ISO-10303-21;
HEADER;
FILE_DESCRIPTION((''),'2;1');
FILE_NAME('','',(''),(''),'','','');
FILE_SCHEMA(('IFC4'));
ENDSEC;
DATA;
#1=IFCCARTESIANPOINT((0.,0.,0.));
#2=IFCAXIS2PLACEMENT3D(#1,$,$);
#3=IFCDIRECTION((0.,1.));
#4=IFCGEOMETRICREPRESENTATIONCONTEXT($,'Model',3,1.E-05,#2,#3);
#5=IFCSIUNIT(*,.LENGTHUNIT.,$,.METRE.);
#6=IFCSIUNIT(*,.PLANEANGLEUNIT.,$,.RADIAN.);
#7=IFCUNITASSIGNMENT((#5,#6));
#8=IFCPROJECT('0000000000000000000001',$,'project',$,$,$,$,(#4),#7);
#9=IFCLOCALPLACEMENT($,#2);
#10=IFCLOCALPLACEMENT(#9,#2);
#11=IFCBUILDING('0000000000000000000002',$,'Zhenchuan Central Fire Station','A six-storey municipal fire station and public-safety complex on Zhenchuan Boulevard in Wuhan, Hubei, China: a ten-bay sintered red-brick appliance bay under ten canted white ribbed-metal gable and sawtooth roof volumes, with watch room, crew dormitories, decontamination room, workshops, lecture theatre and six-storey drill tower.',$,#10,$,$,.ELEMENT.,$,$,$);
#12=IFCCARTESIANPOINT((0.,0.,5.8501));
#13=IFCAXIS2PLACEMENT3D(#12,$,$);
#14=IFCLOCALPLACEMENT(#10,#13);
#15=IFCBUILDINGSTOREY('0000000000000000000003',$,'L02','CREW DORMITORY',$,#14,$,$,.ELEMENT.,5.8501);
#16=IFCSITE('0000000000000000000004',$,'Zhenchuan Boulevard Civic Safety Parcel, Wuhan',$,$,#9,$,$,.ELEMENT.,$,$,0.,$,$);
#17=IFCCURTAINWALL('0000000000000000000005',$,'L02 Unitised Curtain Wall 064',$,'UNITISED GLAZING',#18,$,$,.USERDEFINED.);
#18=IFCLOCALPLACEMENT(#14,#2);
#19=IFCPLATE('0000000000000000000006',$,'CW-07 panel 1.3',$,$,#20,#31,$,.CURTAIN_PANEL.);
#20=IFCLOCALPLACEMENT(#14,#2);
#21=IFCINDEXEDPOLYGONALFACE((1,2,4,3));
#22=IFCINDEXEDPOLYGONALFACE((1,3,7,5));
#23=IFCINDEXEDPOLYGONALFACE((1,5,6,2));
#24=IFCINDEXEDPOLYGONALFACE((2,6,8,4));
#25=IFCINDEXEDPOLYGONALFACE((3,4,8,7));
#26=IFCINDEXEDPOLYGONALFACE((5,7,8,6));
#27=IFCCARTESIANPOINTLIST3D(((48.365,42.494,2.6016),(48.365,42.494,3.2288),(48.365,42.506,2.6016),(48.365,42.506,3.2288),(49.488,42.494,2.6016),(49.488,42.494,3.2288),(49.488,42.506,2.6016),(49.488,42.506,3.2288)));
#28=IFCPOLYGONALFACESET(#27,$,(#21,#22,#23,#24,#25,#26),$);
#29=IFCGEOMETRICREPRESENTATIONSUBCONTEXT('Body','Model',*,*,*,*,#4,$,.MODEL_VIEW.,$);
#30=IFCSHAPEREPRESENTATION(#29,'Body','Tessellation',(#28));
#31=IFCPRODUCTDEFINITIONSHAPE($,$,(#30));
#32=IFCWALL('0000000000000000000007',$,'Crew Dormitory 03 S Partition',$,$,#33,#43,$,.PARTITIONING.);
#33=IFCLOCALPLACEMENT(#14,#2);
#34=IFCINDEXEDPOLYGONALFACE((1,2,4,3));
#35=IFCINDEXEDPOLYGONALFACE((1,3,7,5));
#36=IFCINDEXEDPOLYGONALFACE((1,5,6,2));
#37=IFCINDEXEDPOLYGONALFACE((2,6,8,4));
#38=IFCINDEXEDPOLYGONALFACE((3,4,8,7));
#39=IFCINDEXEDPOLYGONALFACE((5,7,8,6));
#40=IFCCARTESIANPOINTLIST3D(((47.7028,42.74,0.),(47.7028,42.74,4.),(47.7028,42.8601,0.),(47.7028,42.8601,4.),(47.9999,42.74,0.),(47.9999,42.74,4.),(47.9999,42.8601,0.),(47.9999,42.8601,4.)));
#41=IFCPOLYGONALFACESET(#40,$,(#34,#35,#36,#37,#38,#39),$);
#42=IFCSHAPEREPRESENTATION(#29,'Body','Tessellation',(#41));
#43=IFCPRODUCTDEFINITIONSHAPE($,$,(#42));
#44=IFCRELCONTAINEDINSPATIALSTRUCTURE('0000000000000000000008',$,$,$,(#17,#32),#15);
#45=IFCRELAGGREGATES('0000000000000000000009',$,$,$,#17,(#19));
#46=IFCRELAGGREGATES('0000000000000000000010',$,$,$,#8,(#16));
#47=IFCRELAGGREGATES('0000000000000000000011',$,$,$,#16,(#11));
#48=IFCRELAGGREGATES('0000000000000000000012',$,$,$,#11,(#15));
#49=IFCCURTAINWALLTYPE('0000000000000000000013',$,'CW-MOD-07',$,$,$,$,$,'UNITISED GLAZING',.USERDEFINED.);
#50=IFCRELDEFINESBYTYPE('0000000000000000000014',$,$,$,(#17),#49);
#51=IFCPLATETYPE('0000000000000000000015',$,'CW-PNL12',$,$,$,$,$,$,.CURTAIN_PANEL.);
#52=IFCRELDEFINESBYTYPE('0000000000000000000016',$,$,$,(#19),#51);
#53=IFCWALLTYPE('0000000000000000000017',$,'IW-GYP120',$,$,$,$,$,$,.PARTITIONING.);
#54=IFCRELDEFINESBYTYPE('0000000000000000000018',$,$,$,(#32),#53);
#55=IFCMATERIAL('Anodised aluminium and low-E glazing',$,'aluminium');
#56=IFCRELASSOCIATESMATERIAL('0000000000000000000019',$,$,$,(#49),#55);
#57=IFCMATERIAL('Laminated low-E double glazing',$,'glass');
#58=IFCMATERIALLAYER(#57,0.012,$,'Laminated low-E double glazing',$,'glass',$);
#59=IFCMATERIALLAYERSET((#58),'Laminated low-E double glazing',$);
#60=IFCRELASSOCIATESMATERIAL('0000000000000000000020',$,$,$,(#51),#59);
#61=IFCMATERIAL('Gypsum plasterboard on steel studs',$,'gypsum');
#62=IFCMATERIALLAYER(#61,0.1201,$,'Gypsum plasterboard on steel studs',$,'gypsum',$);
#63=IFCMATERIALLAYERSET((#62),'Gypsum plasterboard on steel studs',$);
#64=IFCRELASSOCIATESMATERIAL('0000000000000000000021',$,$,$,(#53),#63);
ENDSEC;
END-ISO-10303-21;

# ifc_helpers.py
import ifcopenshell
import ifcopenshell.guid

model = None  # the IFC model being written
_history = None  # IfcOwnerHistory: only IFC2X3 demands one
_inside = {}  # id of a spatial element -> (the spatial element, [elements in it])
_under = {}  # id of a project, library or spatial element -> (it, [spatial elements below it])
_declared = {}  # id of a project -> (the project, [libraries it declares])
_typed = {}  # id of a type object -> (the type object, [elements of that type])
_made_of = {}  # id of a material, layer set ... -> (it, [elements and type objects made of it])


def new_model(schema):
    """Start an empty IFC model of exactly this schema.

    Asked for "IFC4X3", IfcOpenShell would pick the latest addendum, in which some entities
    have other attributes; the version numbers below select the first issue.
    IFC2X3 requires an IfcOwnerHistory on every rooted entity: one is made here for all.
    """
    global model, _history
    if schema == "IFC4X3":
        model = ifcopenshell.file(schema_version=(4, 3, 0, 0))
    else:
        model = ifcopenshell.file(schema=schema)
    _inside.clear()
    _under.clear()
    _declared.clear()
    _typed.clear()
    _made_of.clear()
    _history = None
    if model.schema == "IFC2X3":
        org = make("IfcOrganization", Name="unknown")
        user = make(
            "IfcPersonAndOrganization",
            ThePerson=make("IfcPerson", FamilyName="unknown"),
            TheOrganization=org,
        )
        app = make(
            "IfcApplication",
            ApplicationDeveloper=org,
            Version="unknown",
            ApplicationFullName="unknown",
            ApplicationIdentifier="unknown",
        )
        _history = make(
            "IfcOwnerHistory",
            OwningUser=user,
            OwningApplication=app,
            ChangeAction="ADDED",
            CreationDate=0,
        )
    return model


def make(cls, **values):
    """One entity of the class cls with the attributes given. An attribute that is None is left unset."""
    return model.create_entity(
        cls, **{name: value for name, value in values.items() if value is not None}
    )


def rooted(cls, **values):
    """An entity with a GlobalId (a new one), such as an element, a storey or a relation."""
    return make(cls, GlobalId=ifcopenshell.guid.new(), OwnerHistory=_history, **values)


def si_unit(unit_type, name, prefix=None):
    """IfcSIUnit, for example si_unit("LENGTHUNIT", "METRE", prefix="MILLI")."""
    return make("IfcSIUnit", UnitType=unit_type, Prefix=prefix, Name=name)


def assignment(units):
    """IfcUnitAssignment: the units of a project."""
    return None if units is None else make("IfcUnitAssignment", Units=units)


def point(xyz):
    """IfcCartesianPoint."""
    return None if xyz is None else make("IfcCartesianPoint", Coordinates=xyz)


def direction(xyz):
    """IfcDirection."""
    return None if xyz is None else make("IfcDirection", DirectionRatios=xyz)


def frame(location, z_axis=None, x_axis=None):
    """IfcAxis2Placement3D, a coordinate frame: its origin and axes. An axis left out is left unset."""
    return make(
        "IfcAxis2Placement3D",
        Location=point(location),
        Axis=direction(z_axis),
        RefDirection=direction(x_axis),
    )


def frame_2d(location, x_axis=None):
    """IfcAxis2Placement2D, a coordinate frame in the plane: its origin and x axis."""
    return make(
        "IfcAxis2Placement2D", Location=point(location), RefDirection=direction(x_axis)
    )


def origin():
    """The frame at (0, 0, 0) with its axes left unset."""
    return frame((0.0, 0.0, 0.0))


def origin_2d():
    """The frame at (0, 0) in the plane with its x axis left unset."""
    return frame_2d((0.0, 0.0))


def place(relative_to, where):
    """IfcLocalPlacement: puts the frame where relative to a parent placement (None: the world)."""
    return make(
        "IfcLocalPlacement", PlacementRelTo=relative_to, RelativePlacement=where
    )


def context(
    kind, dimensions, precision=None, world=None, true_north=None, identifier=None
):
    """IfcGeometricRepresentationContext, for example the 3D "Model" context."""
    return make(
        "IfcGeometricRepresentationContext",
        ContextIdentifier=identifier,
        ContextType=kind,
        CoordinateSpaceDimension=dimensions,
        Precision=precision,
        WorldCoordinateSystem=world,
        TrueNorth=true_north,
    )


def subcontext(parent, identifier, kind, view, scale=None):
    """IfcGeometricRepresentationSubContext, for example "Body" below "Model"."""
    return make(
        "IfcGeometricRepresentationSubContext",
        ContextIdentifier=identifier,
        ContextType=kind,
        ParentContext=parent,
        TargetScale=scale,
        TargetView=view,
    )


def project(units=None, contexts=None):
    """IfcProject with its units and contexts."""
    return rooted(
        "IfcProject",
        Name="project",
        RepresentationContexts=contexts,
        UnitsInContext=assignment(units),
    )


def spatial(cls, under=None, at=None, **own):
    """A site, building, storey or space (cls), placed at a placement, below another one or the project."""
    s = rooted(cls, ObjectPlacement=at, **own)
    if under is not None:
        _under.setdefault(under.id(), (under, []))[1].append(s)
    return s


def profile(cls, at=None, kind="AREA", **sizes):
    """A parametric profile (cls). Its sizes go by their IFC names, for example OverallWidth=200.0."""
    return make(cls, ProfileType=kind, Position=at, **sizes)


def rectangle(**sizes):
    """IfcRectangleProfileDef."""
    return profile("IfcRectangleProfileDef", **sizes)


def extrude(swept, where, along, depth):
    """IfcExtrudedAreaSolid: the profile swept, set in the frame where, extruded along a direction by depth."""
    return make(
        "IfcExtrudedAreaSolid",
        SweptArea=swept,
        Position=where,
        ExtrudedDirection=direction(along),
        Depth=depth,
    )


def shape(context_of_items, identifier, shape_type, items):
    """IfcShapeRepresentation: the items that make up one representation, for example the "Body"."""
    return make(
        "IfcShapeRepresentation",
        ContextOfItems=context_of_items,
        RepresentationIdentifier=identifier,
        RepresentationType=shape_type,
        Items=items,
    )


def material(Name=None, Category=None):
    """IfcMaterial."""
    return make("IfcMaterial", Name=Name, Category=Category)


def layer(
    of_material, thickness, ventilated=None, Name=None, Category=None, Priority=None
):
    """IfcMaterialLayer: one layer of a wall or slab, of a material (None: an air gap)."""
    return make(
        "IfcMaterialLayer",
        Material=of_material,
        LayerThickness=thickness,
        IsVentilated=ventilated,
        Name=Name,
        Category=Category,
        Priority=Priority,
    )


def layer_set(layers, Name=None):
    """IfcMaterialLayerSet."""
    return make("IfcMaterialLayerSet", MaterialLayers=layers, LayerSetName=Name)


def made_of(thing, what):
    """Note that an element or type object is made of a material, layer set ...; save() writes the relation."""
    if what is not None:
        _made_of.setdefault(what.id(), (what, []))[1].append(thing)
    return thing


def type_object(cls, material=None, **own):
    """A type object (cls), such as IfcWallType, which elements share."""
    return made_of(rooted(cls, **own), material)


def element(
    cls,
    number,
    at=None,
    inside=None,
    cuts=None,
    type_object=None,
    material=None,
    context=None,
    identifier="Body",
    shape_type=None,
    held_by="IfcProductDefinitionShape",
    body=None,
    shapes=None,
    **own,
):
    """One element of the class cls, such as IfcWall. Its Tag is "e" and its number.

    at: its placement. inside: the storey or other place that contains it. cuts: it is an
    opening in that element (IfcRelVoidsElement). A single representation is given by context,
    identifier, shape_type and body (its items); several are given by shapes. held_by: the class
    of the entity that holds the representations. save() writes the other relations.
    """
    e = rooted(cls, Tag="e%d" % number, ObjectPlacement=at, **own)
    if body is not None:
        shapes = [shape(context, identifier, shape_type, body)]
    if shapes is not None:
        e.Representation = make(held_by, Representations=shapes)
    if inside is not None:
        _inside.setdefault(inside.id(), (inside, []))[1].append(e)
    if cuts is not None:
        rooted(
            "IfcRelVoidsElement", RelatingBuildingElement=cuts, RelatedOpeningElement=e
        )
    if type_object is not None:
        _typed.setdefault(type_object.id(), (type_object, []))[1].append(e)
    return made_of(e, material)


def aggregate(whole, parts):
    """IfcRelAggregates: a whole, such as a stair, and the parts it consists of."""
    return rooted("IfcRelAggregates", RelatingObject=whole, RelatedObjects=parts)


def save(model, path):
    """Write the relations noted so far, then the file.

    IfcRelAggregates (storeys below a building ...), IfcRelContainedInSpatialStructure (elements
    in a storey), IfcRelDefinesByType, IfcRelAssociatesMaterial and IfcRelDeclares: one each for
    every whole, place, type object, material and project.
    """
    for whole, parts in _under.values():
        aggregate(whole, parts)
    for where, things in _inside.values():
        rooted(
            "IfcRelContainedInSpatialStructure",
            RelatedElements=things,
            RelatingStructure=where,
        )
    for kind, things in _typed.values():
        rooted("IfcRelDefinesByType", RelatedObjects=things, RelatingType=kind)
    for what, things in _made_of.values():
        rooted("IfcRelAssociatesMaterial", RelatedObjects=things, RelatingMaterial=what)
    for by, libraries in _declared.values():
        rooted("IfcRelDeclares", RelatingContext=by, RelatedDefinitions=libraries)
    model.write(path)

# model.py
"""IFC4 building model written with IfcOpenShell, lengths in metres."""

from ifc_helpers import new_model, si_unit, direction, frame, frame_2d, origin, origin_2d, place, context, subcontext, project, spatial, rectangle, extrude, material, layer, layer_set, type_object, element, aggregate, save


model = new_model("IFC4")

# Units and contexts
model_context = context("Model", 3, precision=1e-05, world=origin(), true_north=direction((0.0, 1.0)))
body_context = subcontext(model_context, "Body", "Model", "MODEL_VIEW")
ifc_project = project(units=[si_unit("LENGTHUNIT", "METRE"), si_unit("PLANEANGLEUNIT", "RADIAN")], contexts=[model_context])

# Site, building, storey
site_placement = place(None, origin())
site = spatial("IfcSite", under=ifc_project, at=site_placement, Name="Zhenchuan Boulevard Civic Safety Parcel, Wuhan", CompositionType="ELEMENT", RefElevation=0.0)
building_placement = place(site_placement, origin())
building = spatial("IfcBuilding", under=site, at=building_placement, Name="Zhenchuan Central Fire Station", Description="A six-storey municipal fire station and public-safety complex on Zhenchuan Boulevard in Wuhan, Hubei, China: a ten-bay sintered red-brick appliance bay under ten canted white ribbed-metal gable and sawtooth roof volumes, with watch room, crew dormitories, decontamination room, workshops, lecture theatre and six-storey drill tower.", CompositionType="ELEMENT")
storey_placement = place(building_placement, frame((0.0, 0.0, 5.8501)))
storey = spatial("IfcBuildingStorey", under=building, at=storey_placement, Name="L02", Description="CREW DORMITORY", CompositionType="ELEMENT", Elevation=5.8501)

# Shared definitions
ifc_material_1 = material(Name="Anodised aluminium and low-E glazing", Category="aluminium")
curtain_wall_type = type_object("IfcCurtainWallType", Name="CW-MOD-07", ElementType="UNITISED GLAZING", PredefinedType="USERDEFINED", material=ifc_material_1)

# Curtain wall
curtain_wall_1_placement = place(storey_placement, origin())
curtain_wall_1 = element("IfcCurtainWall", 1, at=curtain_wall_1_placement, inside=storey, type_object=curtain_wall_type, Name="L02 Unitised Curtain Wall 064", ObjectType="UNITISED GLAZING", PredefinedType="USERDEFINED")

# Plate
ifc_material_2 = material(Name="Laminated low-E double glazing", Category="glass")
ifc_layer_1 = layer(ifc_material_2, 0.012, Name="Laminated low-E double glazing", Category="glass")
ifc_layer_set_1 = layer_set([ifc_layer_1], Name="Laminated low-E double glazing")
plate_type = type_object("IfcPlateType", Name="CW-PNL12", PredefinedType="CURTAIN_PANEL", material=ifc_layer_set_1)
plate_1_placement = place(storey_placement, frame((48.9265, 42.5, 2.6016), z_axis=(0.0, 0.0, 1.0), x_axis=(1.0, 0.0, 0.0)))
plate_1 = element("IfcPlate", 2, at=plate_1_placement, type_object=plate_type, Name="CW-07 panel 1.3", PredefinedType="CURTAIN_PANEL", context=body_context, shape_type="SweptSolid", body=[
    extrude(rectangle(XDim=1.123, YDim=0.012, at=origin_2d()), origin(), (0.0, 0.0, 1.0), 0.6272),
])
aggregate(curtain_wall_1, [plate_1])

# Wall
ifc_material_3 = material(Name="Gypsum plasterboard on steel studs", Category="gypsum")
ifc_layer_2 = layer(ifc_material_3, 0.1201, Name="Gypsum plasterboard on steel studs", Category="gypsum")
ifc_layer_set_2 = layer_set([ifc_layer_2], Name="Gypsum plasterboard on steel studs")
wall_type = type_object("IfcWallType", Name="IW-GYP120", PredefinedType="PARTITIONING", material=ifc_layer_set_2)
wall_placement = place(storey_placement, frame((47.7029, 42.8, 0.0), z_axis=(0.0, 0.0, 1.0), x_axis=(1.0, 0.0, 0.0)))
element("IfcWall", 3, at=wall_placement, inside=storey, type_object=wall_type, Name="Crew Dormitory 03 S Partition", PredefinedType="PARTITIONING", context=body_context, shape_type="SweptSolid", body=[
    extrude(rectangle(XDim=0.2971, YDim=0.1201, at=frame_2d((0.1484, 0.0))), origin(), (0.0, 0.0, 1.0), 4.0),
])

save(model, "model.ifc")
